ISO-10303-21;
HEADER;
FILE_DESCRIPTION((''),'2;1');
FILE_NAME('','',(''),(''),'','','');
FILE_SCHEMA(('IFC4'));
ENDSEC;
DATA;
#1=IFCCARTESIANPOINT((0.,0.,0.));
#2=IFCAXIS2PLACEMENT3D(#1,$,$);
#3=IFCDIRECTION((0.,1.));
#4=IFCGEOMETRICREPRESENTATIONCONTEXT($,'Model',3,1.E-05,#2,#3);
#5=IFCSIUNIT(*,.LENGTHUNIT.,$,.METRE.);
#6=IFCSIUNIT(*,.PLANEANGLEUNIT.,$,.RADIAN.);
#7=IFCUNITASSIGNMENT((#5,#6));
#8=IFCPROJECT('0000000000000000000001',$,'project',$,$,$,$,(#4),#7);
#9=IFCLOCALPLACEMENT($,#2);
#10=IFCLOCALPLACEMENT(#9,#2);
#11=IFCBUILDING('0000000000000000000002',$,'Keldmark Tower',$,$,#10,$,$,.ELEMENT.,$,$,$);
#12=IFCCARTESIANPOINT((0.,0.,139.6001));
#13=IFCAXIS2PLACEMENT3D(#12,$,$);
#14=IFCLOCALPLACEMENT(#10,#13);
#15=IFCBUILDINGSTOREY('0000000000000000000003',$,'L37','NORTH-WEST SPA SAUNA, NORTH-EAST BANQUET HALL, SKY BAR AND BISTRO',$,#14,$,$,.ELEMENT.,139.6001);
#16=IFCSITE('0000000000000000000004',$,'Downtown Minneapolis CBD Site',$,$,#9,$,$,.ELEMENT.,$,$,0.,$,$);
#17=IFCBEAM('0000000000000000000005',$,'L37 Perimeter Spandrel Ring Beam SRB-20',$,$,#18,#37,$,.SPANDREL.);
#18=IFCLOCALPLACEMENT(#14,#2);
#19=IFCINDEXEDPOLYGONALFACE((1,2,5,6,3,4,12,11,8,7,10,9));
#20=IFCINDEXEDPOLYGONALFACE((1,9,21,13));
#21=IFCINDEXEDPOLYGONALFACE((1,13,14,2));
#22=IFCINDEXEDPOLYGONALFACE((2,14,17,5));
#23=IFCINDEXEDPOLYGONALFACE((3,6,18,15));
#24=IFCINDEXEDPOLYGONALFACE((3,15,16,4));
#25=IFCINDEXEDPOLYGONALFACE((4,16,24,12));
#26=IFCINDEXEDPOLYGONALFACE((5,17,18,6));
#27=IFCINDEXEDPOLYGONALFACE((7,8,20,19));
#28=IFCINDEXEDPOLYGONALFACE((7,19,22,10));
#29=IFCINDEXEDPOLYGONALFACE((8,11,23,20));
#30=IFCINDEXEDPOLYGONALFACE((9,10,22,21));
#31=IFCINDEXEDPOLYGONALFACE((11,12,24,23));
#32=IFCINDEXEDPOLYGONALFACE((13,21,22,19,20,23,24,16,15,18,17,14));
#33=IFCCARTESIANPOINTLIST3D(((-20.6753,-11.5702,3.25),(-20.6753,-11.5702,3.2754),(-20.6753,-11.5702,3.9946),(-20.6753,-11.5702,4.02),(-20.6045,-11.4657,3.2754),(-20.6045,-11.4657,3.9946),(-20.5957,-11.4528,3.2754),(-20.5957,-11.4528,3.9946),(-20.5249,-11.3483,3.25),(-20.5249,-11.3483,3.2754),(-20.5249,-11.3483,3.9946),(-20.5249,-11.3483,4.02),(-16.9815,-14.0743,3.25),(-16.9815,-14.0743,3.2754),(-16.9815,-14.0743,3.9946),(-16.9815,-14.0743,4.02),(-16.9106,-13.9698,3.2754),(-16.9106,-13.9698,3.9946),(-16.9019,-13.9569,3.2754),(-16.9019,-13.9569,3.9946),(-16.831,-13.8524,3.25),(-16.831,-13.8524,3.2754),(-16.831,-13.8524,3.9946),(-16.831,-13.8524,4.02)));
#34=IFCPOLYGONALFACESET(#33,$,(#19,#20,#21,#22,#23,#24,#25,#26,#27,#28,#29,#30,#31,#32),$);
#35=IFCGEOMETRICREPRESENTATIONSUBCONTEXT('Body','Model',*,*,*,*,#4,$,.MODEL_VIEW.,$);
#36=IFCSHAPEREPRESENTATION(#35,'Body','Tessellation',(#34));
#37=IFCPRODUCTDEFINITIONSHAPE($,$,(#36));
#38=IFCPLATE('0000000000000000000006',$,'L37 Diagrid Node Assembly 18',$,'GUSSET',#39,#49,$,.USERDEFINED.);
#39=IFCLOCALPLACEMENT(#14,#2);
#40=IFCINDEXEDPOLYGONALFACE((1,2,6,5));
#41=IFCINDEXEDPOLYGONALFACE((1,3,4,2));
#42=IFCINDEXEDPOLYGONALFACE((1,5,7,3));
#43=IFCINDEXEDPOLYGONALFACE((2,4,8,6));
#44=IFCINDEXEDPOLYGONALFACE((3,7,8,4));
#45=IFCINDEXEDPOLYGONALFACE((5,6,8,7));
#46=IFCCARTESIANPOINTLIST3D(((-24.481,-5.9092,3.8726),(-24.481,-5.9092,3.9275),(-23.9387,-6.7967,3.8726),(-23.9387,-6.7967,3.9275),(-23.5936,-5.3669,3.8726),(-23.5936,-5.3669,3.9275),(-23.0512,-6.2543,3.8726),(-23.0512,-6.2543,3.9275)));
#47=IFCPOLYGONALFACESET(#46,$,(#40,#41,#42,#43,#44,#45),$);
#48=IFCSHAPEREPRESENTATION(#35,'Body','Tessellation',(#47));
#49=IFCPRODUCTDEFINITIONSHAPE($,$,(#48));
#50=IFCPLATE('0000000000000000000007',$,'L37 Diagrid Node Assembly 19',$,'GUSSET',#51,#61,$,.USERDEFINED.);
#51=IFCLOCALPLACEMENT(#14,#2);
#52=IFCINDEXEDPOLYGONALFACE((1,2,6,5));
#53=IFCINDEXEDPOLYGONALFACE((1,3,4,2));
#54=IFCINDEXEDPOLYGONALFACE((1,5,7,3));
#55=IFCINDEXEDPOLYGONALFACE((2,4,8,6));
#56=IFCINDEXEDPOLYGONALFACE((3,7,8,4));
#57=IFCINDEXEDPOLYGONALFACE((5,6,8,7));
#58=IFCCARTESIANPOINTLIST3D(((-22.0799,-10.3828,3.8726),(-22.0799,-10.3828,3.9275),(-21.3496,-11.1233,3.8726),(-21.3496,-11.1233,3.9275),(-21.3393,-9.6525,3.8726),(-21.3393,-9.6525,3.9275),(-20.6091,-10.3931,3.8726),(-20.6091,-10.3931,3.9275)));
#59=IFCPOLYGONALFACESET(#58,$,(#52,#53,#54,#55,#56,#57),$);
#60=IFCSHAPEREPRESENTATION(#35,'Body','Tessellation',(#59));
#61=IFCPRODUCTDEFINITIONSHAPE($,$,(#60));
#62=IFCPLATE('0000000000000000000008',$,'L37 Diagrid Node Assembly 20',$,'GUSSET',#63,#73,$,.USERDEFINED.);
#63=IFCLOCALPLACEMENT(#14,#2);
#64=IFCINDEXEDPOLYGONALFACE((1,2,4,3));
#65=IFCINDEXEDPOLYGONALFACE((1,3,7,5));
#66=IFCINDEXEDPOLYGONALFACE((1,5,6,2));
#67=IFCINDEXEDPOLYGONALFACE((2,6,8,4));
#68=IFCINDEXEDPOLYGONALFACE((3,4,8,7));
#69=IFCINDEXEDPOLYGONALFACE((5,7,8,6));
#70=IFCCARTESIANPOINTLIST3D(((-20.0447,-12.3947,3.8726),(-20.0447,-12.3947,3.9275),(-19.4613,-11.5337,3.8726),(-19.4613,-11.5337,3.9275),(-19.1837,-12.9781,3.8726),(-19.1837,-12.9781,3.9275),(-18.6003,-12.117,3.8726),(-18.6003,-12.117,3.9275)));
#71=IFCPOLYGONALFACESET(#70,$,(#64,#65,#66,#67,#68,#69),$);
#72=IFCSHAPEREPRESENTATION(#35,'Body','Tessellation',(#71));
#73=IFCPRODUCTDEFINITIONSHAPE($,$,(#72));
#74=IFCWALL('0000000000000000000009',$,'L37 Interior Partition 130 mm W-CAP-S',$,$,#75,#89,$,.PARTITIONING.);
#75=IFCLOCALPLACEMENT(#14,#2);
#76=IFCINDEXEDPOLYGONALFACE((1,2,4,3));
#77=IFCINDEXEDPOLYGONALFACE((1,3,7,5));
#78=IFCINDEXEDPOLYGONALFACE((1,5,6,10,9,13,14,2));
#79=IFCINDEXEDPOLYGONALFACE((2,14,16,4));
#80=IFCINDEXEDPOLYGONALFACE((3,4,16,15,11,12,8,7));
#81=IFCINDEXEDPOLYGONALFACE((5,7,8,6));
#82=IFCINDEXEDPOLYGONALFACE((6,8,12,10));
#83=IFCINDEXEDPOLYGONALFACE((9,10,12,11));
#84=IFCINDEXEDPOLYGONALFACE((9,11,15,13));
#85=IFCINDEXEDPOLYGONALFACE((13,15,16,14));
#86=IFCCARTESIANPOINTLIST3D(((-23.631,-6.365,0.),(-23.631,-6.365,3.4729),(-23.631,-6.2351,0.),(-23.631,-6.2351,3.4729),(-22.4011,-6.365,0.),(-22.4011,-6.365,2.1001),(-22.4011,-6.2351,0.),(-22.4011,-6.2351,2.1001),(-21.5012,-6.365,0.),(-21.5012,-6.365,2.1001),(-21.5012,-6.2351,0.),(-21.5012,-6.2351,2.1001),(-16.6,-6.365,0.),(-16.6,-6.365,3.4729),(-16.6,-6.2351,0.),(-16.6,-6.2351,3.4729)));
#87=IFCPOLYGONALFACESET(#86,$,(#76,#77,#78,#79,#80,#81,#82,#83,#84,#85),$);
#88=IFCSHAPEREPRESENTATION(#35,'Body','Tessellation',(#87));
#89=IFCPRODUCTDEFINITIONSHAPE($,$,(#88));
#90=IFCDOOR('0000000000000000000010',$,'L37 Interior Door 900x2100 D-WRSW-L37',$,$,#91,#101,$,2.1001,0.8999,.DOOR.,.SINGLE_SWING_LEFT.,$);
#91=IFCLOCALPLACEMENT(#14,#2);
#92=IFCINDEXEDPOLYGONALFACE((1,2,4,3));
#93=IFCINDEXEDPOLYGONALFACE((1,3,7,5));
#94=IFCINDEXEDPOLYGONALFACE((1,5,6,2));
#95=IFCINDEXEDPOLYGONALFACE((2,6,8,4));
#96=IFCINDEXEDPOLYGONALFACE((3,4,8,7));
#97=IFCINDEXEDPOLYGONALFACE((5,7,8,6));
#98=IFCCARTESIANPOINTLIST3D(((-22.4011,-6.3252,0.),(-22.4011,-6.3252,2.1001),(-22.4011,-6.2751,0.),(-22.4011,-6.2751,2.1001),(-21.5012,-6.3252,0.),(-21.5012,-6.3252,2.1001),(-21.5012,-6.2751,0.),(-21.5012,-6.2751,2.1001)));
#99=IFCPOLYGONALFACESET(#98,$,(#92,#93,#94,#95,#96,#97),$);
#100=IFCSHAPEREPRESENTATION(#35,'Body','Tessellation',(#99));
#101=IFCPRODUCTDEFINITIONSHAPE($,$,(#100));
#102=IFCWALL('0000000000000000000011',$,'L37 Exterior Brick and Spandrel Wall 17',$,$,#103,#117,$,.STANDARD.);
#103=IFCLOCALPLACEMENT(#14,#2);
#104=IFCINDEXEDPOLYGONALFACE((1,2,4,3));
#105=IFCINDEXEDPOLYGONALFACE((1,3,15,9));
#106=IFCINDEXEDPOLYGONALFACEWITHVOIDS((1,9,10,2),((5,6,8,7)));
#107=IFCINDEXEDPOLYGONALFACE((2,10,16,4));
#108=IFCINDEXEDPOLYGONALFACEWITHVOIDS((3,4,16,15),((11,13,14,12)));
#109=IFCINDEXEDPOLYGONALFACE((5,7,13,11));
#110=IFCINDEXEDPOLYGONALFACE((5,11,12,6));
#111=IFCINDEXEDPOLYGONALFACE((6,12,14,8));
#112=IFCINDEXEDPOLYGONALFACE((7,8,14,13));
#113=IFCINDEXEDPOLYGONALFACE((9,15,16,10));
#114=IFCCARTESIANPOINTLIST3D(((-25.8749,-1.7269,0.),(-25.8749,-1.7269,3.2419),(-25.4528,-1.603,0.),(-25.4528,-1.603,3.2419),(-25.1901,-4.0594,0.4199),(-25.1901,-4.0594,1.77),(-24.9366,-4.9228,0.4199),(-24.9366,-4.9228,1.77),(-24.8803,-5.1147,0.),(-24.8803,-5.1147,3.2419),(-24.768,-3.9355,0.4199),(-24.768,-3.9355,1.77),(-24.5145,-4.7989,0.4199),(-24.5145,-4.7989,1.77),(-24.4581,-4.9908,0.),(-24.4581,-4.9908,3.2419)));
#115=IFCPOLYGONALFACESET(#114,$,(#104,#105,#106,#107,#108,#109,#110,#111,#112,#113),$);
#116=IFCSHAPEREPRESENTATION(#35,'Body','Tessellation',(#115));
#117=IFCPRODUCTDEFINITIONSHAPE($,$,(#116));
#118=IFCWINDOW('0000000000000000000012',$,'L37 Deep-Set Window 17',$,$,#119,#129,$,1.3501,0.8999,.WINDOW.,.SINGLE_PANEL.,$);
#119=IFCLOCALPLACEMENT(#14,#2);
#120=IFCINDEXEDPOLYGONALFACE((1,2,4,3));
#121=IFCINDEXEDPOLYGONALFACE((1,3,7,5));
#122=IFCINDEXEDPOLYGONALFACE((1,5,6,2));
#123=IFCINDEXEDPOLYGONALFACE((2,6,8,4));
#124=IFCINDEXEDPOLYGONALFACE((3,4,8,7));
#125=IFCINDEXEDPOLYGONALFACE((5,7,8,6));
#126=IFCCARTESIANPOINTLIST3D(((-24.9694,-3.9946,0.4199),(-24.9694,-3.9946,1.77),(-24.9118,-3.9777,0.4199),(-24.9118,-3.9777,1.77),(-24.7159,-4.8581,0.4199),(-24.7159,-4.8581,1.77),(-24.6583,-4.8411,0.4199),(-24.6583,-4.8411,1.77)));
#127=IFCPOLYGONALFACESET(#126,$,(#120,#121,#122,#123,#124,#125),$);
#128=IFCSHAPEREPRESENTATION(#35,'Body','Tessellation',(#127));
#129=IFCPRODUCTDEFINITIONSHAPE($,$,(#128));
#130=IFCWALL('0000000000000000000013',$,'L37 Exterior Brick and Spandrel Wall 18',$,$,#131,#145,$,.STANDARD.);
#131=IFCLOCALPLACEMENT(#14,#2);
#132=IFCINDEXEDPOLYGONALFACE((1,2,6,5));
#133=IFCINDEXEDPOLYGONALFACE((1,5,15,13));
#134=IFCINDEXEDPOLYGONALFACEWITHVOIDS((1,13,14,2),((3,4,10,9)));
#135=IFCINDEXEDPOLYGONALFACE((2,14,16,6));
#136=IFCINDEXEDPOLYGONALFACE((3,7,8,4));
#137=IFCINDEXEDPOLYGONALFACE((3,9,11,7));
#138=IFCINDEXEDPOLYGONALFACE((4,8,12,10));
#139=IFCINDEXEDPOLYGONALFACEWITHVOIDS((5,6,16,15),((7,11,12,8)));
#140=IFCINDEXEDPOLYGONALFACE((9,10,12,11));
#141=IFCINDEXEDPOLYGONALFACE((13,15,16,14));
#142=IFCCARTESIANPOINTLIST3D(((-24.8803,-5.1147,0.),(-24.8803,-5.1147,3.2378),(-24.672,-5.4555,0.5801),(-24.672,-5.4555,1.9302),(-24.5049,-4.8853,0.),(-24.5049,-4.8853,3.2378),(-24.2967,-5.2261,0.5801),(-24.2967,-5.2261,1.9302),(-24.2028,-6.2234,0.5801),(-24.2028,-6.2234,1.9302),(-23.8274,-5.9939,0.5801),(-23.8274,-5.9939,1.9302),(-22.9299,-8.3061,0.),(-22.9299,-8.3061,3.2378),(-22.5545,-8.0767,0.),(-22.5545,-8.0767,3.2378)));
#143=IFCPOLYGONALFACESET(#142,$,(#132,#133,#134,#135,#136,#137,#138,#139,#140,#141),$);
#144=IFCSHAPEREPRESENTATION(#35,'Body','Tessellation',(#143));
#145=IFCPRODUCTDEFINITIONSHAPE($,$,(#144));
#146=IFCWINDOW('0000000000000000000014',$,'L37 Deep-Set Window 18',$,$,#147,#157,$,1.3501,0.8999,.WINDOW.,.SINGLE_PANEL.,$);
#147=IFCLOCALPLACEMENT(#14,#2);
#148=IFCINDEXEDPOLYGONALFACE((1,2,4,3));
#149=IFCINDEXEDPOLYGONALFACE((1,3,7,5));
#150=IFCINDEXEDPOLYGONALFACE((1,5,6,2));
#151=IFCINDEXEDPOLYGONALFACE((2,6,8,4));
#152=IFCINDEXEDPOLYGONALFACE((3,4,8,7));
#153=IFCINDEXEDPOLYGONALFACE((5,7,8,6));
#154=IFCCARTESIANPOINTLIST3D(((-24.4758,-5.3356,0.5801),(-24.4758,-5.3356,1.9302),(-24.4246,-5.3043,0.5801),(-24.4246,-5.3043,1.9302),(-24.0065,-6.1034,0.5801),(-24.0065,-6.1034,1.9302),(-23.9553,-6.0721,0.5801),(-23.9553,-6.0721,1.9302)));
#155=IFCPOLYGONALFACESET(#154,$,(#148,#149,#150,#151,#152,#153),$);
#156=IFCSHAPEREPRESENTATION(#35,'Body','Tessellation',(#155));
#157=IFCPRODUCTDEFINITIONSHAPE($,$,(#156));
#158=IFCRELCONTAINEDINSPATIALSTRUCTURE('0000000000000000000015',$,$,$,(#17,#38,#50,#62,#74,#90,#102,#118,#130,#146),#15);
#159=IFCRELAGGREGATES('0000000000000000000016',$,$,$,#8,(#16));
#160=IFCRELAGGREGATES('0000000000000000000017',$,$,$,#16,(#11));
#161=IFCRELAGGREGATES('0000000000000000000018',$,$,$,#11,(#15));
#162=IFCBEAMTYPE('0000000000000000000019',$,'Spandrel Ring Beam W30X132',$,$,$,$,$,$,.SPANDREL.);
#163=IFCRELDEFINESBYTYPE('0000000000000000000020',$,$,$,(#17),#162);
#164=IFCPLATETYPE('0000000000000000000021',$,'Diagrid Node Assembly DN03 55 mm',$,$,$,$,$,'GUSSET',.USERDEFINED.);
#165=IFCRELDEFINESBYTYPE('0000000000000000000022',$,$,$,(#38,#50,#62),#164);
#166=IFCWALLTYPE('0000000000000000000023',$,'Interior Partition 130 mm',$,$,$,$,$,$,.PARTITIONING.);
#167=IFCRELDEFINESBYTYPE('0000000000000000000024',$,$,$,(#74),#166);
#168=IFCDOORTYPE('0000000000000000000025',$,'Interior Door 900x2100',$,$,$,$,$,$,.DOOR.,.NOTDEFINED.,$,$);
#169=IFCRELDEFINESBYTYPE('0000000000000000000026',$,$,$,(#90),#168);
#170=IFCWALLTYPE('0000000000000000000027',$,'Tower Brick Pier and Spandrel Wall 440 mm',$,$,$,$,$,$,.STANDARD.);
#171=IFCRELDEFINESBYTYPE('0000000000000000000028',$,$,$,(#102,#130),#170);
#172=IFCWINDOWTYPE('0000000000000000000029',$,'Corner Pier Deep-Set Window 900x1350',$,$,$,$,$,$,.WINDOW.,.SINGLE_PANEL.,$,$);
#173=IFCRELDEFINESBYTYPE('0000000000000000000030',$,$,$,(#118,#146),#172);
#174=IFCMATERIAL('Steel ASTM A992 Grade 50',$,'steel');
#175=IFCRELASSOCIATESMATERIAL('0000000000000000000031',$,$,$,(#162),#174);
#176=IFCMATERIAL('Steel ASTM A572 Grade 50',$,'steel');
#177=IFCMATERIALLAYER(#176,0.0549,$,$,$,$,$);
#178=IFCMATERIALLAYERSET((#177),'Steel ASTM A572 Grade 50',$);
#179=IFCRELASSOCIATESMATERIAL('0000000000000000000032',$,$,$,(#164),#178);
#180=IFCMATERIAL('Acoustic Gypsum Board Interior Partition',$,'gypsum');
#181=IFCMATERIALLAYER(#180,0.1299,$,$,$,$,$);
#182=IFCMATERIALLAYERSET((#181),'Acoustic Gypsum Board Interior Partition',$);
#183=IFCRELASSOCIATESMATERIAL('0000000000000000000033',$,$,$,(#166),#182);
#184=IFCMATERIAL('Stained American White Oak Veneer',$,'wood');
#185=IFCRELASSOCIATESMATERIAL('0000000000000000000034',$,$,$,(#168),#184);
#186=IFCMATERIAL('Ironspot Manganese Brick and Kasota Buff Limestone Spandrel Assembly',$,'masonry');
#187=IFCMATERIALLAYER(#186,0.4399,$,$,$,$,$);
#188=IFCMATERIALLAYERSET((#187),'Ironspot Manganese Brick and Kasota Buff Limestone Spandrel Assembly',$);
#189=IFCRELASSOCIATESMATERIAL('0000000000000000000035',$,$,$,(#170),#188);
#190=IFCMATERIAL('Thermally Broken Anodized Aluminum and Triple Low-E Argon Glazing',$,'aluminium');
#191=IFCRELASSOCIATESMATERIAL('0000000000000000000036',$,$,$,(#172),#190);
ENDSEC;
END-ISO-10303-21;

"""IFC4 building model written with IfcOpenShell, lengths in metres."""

from ifc_helpers import new_model, si_unit, direction, frame, frame_2d, origin, origin_2d, place, context, subcontext, project, spatial, rectangle, i_section, extrude, material, layer, layer_set, material_profile, profile_set, type_object, element, fill, save


model = new_model("IFC4")

# Units and contexts
model_context = context("Model", 3, precision=1e-05, world=origin(), true_north=direction((0.0, 1.0)))
body_context = subcontext(model_context, "Body", "Model", "MODEL_VIEW")
ifc_project = project(units=[si_unit("LENGTHUNIT", "METRE"), si_unit("PLANEANGLEUNIT", "RADIAN")], contexts=[model_context])

# Site, building, storey
site_placement = place(None, origin())
site = spatial("IfcSite", under=ifc_project, at=site_placement, Name="Downtown Minneapolis CBD Site", CompositionType="ELEMENT", RefElevation=0.0)
building_placement = place(site_placement, origin())
building = spatial("IfcBuilding", under=site, at=building_placement, Name="Keldmark Tower", CompositionType="ELEMENT")
storey_placement = place(building_placement, frame((0.0, 0.0, 139.6001)))
storey = spatial("IfcBuildingStorey", under=building, at=storey_placement, Name="L37", Description="NORTH-WEST SPA SAUNA, NORTH-EAST BANQUET HALL, SKY BAR AND BISTRO", CompositionType="ELEMENT", Elevation=139.6001)

# Beam
ifc_material_1 = material(Name="Steel ASTM A992 Grade 50", Category="steel")
ifc_material_profile_1 = material_profile(ifc_material_1, i_section(OverallWidth=0.2681, OverallDepth=0.77, WebThickness=0.0156, FlangeThickness=0.0254, at=origin_2d()), Name="W30X132")
ifc_profile_set_1 = profile_set([ifc_material_profile_1], Name="Steel ASTM A992 Grade 50")
beam_type_1 = type_object("IfcBeamType", Name="Spandrel Ring Beam W30X132", PredefinedType="SPANDREL", material=ifc_profile_set_1)
beam_1_placement = place(storey_placement, frame((-20.6001, -11.4592, 3.635), z_axis=(0.827724, -0.561135, 0.0), x_axis=(0.561135, 0.827724, 0.0)))
element("IfcBeam", 1, at=beam_1_placement, inside=storey, type_object=beam_type_1, Name="L37 Perimeter Spandrel Ring Beam SRB-20", PredefinedType="SPANDREL", context=body_context, shape_type="SweptSolid", body=[
    extrude(i_section(OverallWidth=0.2681, OverallDepth=0.77, WebThickness=0.0156, FlangeThickness=0.0254, at=origin_2d()), origin(), (0.0, 0.0, 1.0), 4.4626),
])

# Plates
ifc_material_2 = material(Name="Steel ASTM A572 Grade 50", Category="steel")
ifc_layer_1 = layer(ifc_material_2, 0.0549)
ifc_layer_set_1 = layer_set([ifc_layer_1], Name="Steel ASTM A572 Grade 50")
plate_type = type_object("IfcPlateType", Name="Diagrid Node Assembly DN03 55 mm", ElementType="GUSSET", PredefinedType="USERDEFINED", material=ifc_layer_set_1)
for number, where, z_axis, x_axis, name in (
    (2, (-23.7661, -6.0818, 3.8726), (0.0, 0.0, 1.0), (0.521456, -0.853278, 0.0), "L37 Diagrid Node Assembly 18"),
    (3, (-21.3445, -10.3879, 3.8726), (0.0, 0.0, 1.0), (0.702153, -0.712026, 0.0), "L37 Diagrid Node Assembly 19"),
    (4, (-19.3225, -12.2559, 3.8726), (0.0, 0.0, 1.0), (0.827865, -0.560928, 0.0), "L37 Diagrid Node Assembly 20"),
):
    element("IfcPlate", number, at=place(storey_placement, frame(where, z_axis=z_axis, x_axis=x_axis)), inside=storey, type_object=plate_type, Name=name, ObjectType="GUSSET", PredefinedType="USERDEFINED", context=body_context, shape_type="SweptSolid", body=[
        extrude(rectangle(XDim=1.04, YDim=1.04, at=origin_2d()), origin(), (0.0, 0.0, 1.0), 0.0549),
    ])

# Wall, opening, door
ifc_material_3 = material(Name="Acoustic Gypsum Board Interior Partition", Category="gypsum")
ifc_layer_2 = layer(ifc_material_3, 0.1299)
ifc_layer_set_2 = layer_set([ifc_layer_2], Name="Acoustic Gypsum Board Interior Partition")
wall_type_1 = type_object("IfcWallType", Name="Interior Partition 130 mm", PredefinedType="PARTITIONING", material=ifc_layer_set_2)
wall_1_placement = place(storey_placement, frame((-23.6311, -6.3, 0.0), z_axis=(0.0, 0.0, 1.0), x_axis=(1.0, 0.0, 0.0)))
wall_1 = element("IfcWall", 5, at=wall_1_placement, inside=storey, type_object=wall_type_1, Name="L37 Interior Partition 130 mm W-CAP-S", PredefinedType="PARTITIONING", context=body_context, shape_type="SweptSolid", body=[
    extrude(rectangle(XDim=7.031, YDim=0.1299, at=frame_2d((3.5156, 0.0))), origin(), (0.0, 0.0, 1.0), 3.4729),
])
opening_1_placement = place(wall_1_placement, frame((1.23, 0.0, 0.0)))
opening_1 = element("IfcOpeningElement", 6, at=opening_1_placement, cuts=wall_1, PredefinedType="OPENING", context=body_context, shape_type="SweptSolid", body=[
    extrude(rectangle(XDim=0.8999, YDim=2.1001, at=frame_2d((0.45, 1.05))), frame((0.0, 0.075, 0.0), z_axis=(0.0, -1.0, 0.0), x_axis=(1.0, 0.0, 0.0)), (0.0, 0.0, 1.0), 0.1499),
])
ifc_material_4 = material(Name="Stained American White Oak Veneer", Category="wood")
door_type = type_object("IfcDoorType", Name="Interior Door 900x2100", OperationType="NOTDEFINED", PredefinedType="DOOR", material=ifc_material_4)
door_placement = place(opening_1_placement, origin())
door = element("IfcDoor", 7, at=door_placement, inside=storey, type_object=door_type, Name="L37 Interior Door 900x2100 D-WRSW-L37", OperationType="SINGLE_SWING_LEFT", OverallHeight=2.1001, OverallWidth=0.8999, PredefinedType="DOOR", context=body_context, shape_type="SweptSolid", body=[
    extrude(rectangle(XDim=0.8999, YDim=2.1001, at=frame_2d((0.45, 1.05))), frame((0.0, 0.0249, 0.0), z_axis=(0.0, -1.0, 0.0), x_axis=(1.0, 0.0, 0.0)), (0.0, 0.0, 1.0), 0.05),
])
fill(opening_1, door)

# Walls, openings, windows
ifc_material_5 = material(Name="Ironspot Manganese Brick and Kasota Buff Limestone Spandrel Assembly", Category="masonry")
ifc_layer_3 = layer(ifc_material_5, 0.4399)
ifc_layer_set_3 = layer_set([ifc_layer_3], Name="Ironspot Manganese Brick and Kasota Buff Limestone Spandrel Assembly")
wall_type_2 = type_object("IfcWallType", Name="Tower Brick Pier and Spandrel Wall 440 mm", PredefinedType="STANDARD", material=ifc_layer_set_3)
wall_2_placement = place(storey_placement, frame((-24.6692, -5.0527, 0.0), z_axis=(0.0, 0.0, 1.0), x_axis=(-0.28171, 0.9595, 0.0)))
wall_2 = element("IfcWall", 8, at=wall_2_placement, inside=storey, type_object=wall_type_2, Name="L37 Exterior Brick and Spandrel Wall 17", PredefinedType="STANDARD", context=body_context, shape_type="SweptSolid", body=[
    extrude(rectangle(XDim=3.5308, YDim=0.4399, at=frame_2d((1.7654, 0.0))), origin(), (0.0, 0.0, 1.0), 3.2419),
])
opening_2_placement = place(wall_2_placement, frame((0.2, 0.0, 0.4199)))
opening_2 = element("IfcOpeningElement", 9, at=opening_2_placement, cuts=wall_2, PredefinedType="OPENING", context=body_context, shape_type="SweptSolid", body=[
    extrude(rectangle(XDim=0.8999, YDim=1.3501, at=frame_2d((0.45, 0.675))), frame((0.0, 0.23, 0.0), z_axis=(0.0, -1.0, 0.0), x_axis=(1.0, 0.0, 0.0)), (0.0, 0.0, 1.0), 0.46),
])
ifc_material_6 = material(Name="Thermally Broken Anodized Aluminum and Triple Low-E Argon Glazing", Category="aluminium")
window_type = type_object("IfcWindowType", Name="Corner Pier Deep-Set Window 900x1350", PartitioningType="SINGLE_PANEL", PredefinedType="WINDOW", material=ifc_material_6)
window_1_placement = place(opening_2_placement, origin())
window_1 = element("IfcWindow", 10, at=window_1_placement, inside=storey, type_object=window_type, Name="L37 Deep-Set Window 17", OverallHeight=1.3501, OverallWidth=0.8999, PartitioningType="SINGLE_PANEL", PredefinedType="WINDOW", context=body_context, shape_type="SweptSolid", body=[
    extrude(rectangle(XDim=0.8999, YDim=1.3501, at=frame_2d((0.45, 0.675))), frame((0.0, -0.01, 0.0), z_axis=(0.0, -1.0, 0.0), x_axis=(1.0, 0.0, 0.0)), (0.0, 0.0, 1.0), 0.0601),
])
fill(opening_2, window_1)
wall_3_placement = place(storey_placement, frame((-22.7422, -8.1914, 0.0), z_axis=(0.0, 0.0, 1.0), x_axis=(-0.521476, 0.853266, 0.0)))
wall_3 = element("IfcWall", 11, at=wall_3_placement, inside=storey, type_object=wall_type_2, Name="L37 Exterior Brick and Spandrel Wall 18", PredefinedType="STANDARD", context=body_context, shape_type="SweptSolid", body=[
    extrude(rectangle(XDim=3.7402, YDim=0.4399, at=frame_2d((1.8701, 0.0))), origin(), (0.0, 0.0, 1.0), 3.2378),
])
opening_3_placement = place(wall_3_placement, frame((2.4409, 0.0, 0.5801)))
opening_3 = element("IfcOpeningElement", 12, at=opening_3_placement, cuts=wall_3, PredefinedType="OPENING", context=body_context, shape_type="SweptSolid", body=[
    extrude(rectangle(XDim=0.8999, YDim=1.3501, at=frame_2d((0.45, 0.675))), frame((0.0, 0.23, 0.0), z_axis=(0.0, -1.0, 0.0), x_axis=(1.0, 0.0, 0.0)), (0.0, 0.0, 1.0), 0.46),
])
window_2_placement = place(opening_3_placement, origin())
window_2 = element("IfcWindow", 13, at=window_2_placement, inside=storey, type_object=window_type, Name="L37 Deep-Set Window 18", OverallHeight=1.3501, OverallWidth=0.8999, PartitioningType="SINGLE_PANEL", PredefinedType="WINDOW", context=body_context, shape_type="SweptSolid", body=[
    extrude(rectangle(XDim=0.8999, YDim=1.3501, at=frame_2d((0.45, 0.675))), frame((0.0, -0.01, 0.0), z_axis=(0.0, -1.0, 0.0), x_axis=(1.0, 0.0, 0.0)), (0.0, 0.0, 1.0), 0.0601),
])
fill(opening_3, window_2)

save(model, "model.ifc")
